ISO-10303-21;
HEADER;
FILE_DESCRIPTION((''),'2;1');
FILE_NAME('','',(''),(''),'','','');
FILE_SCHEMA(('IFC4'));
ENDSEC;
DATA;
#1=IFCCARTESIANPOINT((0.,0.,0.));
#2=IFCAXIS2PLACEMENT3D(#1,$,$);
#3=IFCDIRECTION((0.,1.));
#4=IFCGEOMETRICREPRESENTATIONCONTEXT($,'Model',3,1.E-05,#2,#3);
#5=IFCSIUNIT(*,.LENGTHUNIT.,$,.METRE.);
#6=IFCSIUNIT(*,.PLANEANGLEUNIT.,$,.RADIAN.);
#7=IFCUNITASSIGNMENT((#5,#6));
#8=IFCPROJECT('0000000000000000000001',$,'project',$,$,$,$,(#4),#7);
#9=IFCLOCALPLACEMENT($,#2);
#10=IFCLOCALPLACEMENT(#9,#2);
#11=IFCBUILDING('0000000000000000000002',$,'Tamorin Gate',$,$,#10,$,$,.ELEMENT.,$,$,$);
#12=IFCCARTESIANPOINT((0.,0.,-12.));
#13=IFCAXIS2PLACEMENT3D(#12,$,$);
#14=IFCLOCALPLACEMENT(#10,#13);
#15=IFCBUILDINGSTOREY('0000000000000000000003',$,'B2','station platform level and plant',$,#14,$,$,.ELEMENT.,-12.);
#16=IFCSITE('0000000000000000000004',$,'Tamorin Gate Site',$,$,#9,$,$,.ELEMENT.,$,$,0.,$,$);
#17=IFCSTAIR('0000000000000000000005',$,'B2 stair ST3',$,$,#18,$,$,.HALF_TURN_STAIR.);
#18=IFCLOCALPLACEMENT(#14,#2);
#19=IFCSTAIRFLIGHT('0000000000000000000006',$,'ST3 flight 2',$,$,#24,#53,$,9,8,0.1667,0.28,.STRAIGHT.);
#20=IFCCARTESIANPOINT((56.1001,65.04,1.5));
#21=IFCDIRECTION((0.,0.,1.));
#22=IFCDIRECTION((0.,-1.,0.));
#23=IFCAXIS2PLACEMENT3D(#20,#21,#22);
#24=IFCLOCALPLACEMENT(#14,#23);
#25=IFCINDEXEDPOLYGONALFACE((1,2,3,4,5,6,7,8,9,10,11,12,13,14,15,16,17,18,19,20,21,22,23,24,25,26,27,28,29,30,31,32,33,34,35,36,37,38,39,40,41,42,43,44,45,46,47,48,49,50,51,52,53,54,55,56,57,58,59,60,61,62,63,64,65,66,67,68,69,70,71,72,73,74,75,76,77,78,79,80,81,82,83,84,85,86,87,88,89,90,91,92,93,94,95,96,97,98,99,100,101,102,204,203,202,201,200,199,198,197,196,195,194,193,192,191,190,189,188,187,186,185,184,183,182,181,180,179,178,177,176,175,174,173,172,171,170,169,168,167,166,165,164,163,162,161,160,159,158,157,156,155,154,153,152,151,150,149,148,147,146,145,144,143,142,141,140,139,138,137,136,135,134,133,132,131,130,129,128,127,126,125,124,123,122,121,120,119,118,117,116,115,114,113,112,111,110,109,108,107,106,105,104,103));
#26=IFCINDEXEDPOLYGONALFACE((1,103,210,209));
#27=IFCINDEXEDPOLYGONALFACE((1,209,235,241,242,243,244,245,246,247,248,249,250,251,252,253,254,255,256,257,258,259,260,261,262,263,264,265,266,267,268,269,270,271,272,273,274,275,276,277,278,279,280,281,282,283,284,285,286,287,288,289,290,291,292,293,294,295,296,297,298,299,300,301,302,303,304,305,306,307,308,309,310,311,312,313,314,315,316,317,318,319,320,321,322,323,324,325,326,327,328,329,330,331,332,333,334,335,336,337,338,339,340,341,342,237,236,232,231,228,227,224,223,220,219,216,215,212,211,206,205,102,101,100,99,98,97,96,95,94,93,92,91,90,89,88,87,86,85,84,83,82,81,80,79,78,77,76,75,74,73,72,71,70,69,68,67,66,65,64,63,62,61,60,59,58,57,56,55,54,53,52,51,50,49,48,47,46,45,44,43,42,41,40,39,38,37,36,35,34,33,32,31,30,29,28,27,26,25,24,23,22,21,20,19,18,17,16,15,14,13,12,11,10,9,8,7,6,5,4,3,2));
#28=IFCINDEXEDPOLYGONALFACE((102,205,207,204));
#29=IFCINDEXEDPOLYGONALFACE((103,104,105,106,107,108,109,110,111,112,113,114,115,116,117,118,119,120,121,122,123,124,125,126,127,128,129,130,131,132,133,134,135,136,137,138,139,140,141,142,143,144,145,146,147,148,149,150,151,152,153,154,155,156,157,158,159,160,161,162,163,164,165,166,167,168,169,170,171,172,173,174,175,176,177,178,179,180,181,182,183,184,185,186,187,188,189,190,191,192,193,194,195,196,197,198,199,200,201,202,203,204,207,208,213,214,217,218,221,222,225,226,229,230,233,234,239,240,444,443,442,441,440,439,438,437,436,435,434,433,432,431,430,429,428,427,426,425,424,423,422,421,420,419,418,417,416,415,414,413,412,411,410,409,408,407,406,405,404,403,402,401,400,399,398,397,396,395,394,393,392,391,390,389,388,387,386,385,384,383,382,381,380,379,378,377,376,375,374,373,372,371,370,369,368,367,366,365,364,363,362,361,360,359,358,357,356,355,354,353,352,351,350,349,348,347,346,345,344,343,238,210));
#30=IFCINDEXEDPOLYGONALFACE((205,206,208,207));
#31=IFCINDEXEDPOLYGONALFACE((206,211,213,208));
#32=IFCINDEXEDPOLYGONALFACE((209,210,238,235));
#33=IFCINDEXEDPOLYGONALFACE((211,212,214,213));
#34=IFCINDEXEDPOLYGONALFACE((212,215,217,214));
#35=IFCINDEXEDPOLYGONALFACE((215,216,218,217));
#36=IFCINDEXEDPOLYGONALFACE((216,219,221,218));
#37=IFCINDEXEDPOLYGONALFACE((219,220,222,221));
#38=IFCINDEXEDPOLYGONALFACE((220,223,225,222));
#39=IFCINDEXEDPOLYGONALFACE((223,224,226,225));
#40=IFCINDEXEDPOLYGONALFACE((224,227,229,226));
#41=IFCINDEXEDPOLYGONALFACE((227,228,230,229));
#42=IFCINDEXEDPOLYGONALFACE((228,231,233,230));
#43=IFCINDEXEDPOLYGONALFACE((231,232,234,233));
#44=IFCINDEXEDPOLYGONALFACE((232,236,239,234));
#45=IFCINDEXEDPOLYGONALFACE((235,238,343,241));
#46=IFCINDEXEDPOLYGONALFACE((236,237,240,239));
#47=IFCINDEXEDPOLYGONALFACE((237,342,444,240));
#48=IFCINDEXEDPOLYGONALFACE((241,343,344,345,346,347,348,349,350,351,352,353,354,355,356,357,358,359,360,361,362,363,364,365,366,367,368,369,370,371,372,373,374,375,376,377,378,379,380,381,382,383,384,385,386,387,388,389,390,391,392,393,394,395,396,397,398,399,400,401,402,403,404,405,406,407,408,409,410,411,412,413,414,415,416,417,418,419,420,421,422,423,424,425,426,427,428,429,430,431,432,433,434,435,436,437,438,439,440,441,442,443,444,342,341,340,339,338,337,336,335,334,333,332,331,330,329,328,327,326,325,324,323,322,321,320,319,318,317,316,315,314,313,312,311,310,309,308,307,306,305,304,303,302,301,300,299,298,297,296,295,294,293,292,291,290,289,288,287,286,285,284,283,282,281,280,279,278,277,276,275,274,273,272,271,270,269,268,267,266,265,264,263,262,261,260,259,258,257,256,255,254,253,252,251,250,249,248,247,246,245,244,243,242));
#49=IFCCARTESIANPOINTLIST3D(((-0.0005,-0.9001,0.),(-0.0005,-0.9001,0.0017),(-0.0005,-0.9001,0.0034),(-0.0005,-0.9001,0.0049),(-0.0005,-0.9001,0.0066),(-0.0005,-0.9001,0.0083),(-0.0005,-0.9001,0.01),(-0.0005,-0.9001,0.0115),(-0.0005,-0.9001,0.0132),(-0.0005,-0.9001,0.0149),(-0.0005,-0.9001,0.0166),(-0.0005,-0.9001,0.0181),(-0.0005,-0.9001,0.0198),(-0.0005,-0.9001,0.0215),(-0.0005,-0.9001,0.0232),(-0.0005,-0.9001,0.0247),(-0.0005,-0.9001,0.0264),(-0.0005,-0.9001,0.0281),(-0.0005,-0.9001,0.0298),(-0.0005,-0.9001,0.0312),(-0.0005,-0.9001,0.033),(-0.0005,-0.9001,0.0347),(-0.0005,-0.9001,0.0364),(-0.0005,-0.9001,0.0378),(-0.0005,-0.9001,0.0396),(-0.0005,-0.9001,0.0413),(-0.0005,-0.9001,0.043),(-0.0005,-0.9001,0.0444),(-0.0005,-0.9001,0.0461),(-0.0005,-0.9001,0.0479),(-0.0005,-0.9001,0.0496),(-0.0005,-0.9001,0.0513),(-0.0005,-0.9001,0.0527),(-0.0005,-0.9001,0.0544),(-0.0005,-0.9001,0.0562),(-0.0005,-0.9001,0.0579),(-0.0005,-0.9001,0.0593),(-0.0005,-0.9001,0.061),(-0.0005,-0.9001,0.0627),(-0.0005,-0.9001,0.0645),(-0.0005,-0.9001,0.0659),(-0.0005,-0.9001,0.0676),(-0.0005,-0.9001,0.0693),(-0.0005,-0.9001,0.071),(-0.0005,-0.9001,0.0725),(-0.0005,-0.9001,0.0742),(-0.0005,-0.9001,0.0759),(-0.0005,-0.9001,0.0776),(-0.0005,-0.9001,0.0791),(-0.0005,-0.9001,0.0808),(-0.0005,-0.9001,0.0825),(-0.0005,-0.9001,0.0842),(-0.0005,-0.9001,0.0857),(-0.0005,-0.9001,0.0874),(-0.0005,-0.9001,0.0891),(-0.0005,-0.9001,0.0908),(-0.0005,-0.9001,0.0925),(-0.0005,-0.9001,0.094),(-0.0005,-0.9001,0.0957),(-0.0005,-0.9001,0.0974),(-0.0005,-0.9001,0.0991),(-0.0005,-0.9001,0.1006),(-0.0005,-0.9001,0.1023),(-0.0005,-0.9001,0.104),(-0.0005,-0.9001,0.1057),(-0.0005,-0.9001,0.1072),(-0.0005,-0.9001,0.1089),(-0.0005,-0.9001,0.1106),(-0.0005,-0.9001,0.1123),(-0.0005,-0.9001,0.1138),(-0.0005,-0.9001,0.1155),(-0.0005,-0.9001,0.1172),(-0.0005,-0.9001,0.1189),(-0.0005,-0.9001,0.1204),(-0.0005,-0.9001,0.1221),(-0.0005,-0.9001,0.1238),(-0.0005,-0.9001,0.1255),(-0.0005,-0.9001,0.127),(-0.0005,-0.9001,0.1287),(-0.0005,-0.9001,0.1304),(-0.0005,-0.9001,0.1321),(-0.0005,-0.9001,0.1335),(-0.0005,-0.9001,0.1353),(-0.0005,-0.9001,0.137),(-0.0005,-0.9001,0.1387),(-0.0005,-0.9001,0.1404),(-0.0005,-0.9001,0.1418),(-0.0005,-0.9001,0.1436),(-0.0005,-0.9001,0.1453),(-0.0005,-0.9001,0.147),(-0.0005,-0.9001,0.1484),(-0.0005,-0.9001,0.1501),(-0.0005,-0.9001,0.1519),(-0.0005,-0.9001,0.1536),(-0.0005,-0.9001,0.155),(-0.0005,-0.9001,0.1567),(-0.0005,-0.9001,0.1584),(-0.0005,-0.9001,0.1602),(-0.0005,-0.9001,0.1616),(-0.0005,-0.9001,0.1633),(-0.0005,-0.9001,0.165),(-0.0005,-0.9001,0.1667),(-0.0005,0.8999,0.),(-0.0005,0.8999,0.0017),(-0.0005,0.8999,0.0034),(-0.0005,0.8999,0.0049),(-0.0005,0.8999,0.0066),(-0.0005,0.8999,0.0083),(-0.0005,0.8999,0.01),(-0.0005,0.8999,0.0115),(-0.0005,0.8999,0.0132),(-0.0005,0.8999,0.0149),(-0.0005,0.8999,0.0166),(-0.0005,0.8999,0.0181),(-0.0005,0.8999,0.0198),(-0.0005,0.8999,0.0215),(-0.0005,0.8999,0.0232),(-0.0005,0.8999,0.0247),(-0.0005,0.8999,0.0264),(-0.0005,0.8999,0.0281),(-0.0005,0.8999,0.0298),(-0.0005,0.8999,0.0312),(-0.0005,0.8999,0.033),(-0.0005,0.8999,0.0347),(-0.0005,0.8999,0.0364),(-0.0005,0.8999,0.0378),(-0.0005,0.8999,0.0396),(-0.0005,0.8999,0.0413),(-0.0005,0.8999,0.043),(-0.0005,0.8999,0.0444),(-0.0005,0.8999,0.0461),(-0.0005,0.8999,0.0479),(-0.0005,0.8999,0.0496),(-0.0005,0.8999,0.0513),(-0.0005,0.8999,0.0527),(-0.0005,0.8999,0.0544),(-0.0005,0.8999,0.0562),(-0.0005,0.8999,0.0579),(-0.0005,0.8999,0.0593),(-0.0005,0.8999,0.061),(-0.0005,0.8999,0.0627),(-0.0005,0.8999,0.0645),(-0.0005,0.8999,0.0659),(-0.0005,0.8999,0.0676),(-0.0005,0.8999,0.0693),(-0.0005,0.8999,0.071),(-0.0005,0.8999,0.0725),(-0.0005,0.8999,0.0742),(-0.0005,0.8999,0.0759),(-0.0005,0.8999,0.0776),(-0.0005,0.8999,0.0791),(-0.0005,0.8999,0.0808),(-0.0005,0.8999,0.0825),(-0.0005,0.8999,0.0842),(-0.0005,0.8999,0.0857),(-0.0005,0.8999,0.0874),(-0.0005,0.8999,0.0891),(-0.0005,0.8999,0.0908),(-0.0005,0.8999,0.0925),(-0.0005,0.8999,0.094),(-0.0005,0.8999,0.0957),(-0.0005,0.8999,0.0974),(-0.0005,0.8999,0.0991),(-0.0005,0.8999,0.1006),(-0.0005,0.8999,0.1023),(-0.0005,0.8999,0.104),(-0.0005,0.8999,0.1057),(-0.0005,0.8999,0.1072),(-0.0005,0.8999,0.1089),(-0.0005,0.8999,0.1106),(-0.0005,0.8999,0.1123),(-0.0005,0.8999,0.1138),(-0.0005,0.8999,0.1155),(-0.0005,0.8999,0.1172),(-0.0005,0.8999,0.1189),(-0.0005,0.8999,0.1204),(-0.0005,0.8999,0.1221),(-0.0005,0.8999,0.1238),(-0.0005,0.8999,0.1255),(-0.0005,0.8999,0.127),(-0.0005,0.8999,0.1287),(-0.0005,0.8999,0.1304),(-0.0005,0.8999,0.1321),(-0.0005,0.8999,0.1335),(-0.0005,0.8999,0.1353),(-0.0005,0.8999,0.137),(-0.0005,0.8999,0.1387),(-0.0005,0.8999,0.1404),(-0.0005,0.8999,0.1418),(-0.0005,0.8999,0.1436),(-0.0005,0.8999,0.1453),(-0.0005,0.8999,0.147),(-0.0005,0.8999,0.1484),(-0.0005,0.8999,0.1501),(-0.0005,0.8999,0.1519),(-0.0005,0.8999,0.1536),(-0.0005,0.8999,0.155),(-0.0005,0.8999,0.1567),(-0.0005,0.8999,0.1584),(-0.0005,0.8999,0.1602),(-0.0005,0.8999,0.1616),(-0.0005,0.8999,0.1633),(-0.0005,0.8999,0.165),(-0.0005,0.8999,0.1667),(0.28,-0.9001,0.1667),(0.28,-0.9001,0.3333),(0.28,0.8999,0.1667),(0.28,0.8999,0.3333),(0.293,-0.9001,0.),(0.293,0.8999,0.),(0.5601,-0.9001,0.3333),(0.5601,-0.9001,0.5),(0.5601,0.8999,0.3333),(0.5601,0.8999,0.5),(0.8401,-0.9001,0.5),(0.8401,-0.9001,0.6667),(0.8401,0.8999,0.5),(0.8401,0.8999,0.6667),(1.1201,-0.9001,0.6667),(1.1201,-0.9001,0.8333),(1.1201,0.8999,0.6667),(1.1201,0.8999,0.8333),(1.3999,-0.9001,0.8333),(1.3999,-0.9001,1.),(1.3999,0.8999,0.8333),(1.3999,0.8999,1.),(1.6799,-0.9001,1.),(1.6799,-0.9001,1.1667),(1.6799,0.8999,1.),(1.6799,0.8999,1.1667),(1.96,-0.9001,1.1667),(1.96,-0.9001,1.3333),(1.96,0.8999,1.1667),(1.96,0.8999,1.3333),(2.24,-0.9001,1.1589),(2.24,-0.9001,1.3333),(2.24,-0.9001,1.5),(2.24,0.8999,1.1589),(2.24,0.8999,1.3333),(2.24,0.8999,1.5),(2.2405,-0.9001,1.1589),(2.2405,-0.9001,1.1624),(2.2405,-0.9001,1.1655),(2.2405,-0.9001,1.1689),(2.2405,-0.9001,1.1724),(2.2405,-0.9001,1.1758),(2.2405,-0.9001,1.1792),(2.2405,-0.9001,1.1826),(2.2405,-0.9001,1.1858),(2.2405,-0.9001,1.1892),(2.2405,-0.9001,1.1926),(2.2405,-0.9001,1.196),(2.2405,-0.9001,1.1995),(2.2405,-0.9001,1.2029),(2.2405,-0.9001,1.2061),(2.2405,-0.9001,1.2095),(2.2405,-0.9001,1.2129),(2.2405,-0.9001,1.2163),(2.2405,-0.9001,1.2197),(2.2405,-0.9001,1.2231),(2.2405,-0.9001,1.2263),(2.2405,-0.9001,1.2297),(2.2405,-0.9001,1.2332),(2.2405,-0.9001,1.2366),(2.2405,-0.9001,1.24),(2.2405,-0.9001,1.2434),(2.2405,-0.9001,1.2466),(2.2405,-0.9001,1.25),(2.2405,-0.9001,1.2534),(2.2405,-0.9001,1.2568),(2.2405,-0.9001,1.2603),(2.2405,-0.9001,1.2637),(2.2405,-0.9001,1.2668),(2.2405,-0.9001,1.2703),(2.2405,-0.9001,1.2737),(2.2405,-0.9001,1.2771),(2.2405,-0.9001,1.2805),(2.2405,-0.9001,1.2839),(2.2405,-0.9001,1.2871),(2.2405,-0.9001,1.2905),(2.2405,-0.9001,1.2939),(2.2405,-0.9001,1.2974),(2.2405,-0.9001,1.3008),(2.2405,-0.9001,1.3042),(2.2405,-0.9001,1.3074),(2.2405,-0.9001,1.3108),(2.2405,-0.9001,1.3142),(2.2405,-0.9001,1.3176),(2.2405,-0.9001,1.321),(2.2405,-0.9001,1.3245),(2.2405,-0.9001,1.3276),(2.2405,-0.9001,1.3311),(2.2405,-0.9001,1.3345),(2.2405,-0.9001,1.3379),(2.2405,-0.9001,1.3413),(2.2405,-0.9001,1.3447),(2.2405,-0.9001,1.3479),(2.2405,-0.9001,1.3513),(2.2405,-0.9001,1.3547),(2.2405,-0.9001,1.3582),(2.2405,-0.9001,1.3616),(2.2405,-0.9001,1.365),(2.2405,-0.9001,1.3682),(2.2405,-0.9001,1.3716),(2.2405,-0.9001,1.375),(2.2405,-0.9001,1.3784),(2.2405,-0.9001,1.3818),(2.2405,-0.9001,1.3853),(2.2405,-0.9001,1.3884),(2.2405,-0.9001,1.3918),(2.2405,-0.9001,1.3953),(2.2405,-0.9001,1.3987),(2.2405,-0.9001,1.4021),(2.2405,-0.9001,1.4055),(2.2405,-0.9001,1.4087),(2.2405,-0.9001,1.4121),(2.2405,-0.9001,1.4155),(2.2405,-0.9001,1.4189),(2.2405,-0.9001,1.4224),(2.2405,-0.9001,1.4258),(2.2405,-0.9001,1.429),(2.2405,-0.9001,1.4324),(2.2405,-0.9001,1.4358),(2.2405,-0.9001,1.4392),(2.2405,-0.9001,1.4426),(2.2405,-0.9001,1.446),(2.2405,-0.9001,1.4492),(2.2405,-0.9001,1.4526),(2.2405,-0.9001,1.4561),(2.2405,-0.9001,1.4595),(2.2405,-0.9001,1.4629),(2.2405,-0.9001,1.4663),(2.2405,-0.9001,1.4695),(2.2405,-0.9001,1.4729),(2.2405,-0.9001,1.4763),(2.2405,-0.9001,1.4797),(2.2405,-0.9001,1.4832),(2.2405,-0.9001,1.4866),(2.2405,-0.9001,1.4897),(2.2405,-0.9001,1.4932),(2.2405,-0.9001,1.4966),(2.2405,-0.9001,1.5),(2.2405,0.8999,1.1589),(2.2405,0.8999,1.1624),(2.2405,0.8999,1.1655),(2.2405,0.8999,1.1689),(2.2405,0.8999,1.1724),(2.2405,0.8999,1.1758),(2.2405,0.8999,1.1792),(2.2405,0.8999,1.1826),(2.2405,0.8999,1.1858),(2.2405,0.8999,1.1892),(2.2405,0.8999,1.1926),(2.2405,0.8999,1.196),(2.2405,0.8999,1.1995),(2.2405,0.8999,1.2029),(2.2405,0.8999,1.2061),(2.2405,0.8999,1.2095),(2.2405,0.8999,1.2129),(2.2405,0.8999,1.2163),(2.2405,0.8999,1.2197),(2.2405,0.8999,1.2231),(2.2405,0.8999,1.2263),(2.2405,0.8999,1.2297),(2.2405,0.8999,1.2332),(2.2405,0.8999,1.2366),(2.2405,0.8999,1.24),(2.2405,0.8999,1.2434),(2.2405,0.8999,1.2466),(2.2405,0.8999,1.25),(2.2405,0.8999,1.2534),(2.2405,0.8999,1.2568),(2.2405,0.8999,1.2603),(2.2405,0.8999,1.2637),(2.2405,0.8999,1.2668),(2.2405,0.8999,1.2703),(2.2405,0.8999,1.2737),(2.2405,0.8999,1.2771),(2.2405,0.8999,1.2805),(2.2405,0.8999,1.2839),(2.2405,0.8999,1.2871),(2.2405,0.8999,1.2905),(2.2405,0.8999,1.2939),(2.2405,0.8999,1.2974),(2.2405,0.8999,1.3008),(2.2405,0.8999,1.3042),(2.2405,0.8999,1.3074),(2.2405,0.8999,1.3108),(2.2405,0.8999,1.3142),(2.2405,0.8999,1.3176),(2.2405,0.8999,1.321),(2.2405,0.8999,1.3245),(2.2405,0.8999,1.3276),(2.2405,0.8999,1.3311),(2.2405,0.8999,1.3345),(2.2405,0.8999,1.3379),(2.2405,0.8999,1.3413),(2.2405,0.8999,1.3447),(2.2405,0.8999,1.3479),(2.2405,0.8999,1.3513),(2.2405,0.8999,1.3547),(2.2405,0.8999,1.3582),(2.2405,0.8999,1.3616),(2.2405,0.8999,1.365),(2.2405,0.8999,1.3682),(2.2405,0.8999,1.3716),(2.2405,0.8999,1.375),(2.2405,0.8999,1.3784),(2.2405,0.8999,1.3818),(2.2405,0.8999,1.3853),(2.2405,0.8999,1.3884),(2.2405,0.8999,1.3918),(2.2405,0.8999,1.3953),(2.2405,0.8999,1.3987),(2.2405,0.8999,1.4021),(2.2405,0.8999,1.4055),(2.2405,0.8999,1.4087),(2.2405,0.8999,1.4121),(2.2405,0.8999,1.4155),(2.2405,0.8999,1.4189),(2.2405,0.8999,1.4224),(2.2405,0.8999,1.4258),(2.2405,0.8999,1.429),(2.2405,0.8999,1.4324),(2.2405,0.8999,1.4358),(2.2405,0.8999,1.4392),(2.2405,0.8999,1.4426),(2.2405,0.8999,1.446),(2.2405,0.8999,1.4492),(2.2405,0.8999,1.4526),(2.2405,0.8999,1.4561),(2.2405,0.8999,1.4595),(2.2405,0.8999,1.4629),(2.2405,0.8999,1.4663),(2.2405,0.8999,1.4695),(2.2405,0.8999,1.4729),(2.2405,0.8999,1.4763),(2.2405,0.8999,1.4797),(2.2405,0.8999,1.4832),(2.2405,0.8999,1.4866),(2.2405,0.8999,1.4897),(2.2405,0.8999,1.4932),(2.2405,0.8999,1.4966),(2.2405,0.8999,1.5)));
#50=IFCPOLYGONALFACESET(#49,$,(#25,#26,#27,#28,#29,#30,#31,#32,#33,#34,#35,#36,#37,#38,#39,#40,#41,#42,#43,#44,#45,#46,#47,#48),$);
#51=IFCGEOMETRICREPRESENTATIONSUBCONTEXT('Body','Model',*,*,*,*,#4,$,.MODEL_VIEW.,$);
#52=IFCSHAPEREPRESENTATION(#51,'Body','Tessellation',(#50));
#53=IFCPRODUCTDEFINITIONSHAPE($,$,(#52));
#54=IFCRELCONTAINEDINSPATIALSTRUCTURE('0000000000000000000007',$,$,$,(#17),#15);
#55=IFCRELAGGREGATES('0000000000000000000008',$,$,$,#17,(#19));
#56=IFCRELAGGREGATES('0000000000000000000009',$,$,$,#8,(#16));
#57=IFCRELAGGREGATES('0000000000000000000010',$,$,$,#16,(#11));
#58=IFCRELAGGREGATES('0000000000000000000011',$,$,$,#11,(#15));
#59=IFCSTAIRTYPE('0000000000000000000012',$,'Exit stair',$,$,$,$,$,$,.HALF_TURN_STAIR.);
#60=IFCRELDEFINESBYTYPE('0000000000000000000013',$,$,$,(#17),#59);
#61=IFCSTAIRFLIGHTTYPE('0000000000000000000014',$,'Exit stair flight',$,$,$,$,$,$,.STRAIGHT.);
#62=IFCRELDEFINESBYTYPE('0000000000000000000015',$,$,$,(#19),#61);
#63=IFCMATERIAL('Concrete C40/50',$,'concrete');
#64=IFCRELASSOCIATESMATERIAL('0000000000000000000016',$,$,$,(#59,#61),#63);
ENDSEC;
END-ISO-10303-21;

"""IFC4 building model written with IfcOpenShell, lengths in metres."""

from ifc_helpers import new_model, si_unit, direction, frame, origin, place, context, subcontext, project, spatial, polyline, outline, extrude, material, type_object, element, aggregate, save


model = new_model("IFC4")

# Units and contexts
model_context = context("Model", 3, precision=1e-05, world=origin(), true_north=direction((0.0, 1.0)))
body_context = subcontext(model_context, "Body", "Model", "MODEL_VIEW")
ifc_project = project(units=[si_unit("LENGTHUNIT", "METRE"), si_unit("PLANEANGLEUNIT", "RADIAN")], contexts=[model_context])

# Site, building, storey
site_placement = place(None, origin())
site = spatial("IfcSite", under=ifc_project, at=site_placement, Name="Tamorin Gate Site", CompositionType="ELEMENT", RefElevation=0.0)
building_placement = place(site_placement, origin())
building = spatial("IfcBuilding", under=site, at=building_placement, Name="Tamorin Gate", CompositionType="ELEMENT")
storey_placement = place(building_placement, frame((0.0, 0.0, -12.0)))
storey = spatial("IfcBuildingStorey", under=building, at=storey_placement, Name="B2", Description="station platform level and plant", CompositionType="ELEMENT", Elevation=-12.0)

# Shared definitions
ifc_material_1 = material(Name="Concrete C40/50", Category="concrete")

# Stair, stair flight
stair_type = type_object("IfcStairType", Name="Exit stair", PredefinedType="HALF_TURN_STAIR", material=ifc_material_1)
stair_placement = place(storey_placement, origin())
stair = element("IfcStair", 1, at=stair_placement, inside=storey, type_object=stair_type, Name="B2 stair ST3", PredefinedType="HALF_TURN_STAIR")
stair_flight_type = type_object("IfcStairFlightType", Name="Exit stair flight", PredefinedType="STRAIGHT", material=ifc_material_1)
stair_flight_1_placement = place(storey_placement, frame((56.1001, 65.04, 1.5), z_axis=(0.0, 0.0, 1.0), x_axis=(0.0, -1.0, 0.0)))
stair_flight_1 = element("IfcStairFlight", 2, at=stair_flight_1_placement, type_object=stair_flight_type, Name="ST3 flight 2", NumberOfRisers=9, NumberOfTreads=8, PredefinedType="STRAIGHT", RiserHeight=0.1667, TreadLength=0.28, context=body_context, shape_type="SweptSolid", body=[
    extrude(outline(polyline([(-0.0005, 0.0), (-0.0005, 0.0017), (-0.0005, 0.0034), (-0.0005, 0.0049), (-0.0005, 0.0066), (-0.0005, 0.0083), (-0.0005, 0.01), (-0.0005, 0.0115), (-0.0005, 0.0132), (-0.0005, 0.0149), (-0.0005, 0.0166), (-0.0005, 0.0181), (-0.0005, 0.0198), (-0.0005, 0.0215), (-0.0005, 0.0232), (-0.0005, 0.0247), (-0.0005, 0.0264), (-0.0005, 0.0281), (-0.0005, 0.0298), (-0.0005, 0.0312), (-0.0005, 0.033), (-0.0005, 0.0347), (-0.0005, 0.0364), (-0.0005, 0.0378), (-0.0005, 0.0396), (-0.0005, 0.0413), (-0.0005, 0.043), (-0.0005, 0.0444), (-0.0005, 0.0461), (-0.0005, 0.0479), (-0.0005, 0.0496), (-0.0005, 0.0513), (-0.0005, 0.0527), (-0.0005, 0.0544), (-0.0005, 0.0562), (-0.0005, 0.0579), (-0.0005, 0.0593), (-0.0005, 0.061), (-0.0005, 0.0627), (-0.0005, 0.0645), (-0.0005, 0.0659), (-0.0005, 0.0676), (-0.0005, 0.0693), (-0.0005, 0.071), (-0.0005, 0.0725), (-0.0005, 0.0742), (-0.0005, 0.0759), (-0.0005, 0.0776), (-0.0005, 0.0791), (-0.0005, 0.0808), (-0.0005, 0.0825), (-0.0005, 0.0842), (-0.0005, 0.0857), (-0.0005, 0.0874), (-0.0005, 0.0891), (-0.0005, 0.0908), (-0.0005, 0.0925), (-0.0005, 0.094), (-0.0005, 0.0957), (-0.0005, 0.0974), (-0.0005, 0.0991), (-0.0005, 0.1006), (-0.0005, 0.1023), (-0.0005, 0.104), (-0.0005, 0.1057), (-0.0005, 0.1072), (-0.0005, 0.1089), (-0.0005, 0.1106), (-0.0005, 0.1123), (-0.0005, 0.1138), (-0.0005, 0.1155), (-0.0005, 0.1172), (-0.0005, 0.1189), (-0.0005, 0.1204), (-0.0005, 0.1221), (-0.0005, 0.1238), (-0.0005, 0.1255), (-0.0005, 0.127), (-0.0005, 0.1287), (-0.0005, 0.1304), (-0.0005, 0.1321), (-0.0005, 0.1335), (-0.0005, 0.1353), (-0.0005, 0.137), (-0.0005, 0.1387), (-0.0005, 0.1404), (-0.0005, 0.1418), (-0.0005, 0.1436), (-0.0005, 0.1453), (-0.0005, 0.147), (-0.0005, 0.1484), (-0.0005, 0.1501), (-0.0005, 0.1519), (-0.0005, 0.1536), (-0.0005, 0.155), (-0.0005, 0.1567), (-0.0005, 0.1584), (-0.0005, 0.1602), (-0.0005, 0.1616), (-0.0005, 0.1633), (-0.0005, 0.165), (-0.0005, 0.1667), (0.28, 0.1667), (0.28, 0.3333), (0.5601, 0.3333), (0.5601, 0.5), (0.8401, 0.5), (0.8401, 0.6667), (1.1201, 0.6667), (1.1201, 0.8333), (1.3999, 0.8333), (1.3999, 1.0), (1.6799, 1.0), (1.6799, 1.1667), (1.96, 1.1667), (1.96, 1.3333), (2.24, 1.3333), (2.24, 1.5), (2.2405, 1.5), (2.2405, 1.4966), (2.2405, 1.4932), (2.2405, 1.4897), (2.2405, 1.4866), (2.2405, 1.4832), (2.2405, 1.4797), (2.2405, 1.4763), (2.2405, 1.4729), (2.2405, 1.4695), (2.2405, 1.4663), (2.2405, 1.4629), (2.2405, 1.4595), (2.2405, 1.4561), (2.2405, 1.4526), (2.2405, 1.4492), (2.2405, 1.446), (2.2405, 1.4426), (2.2405, 1.4392), (2.2405, 1.4358), (2.2405, 1.4324), (2.2405, 1.429), (2.2405, 1.4258), (2.2405, 1.4224), (2.2405, 1.4189), (2.2405, 1.4155), (2.2405, 1.4121), (2.2405, 1.4087), (2.2405, 1.4055), (2.2405, 1.4021), (2.2405, 1.3987), (2.2405, 1.3953), (2.2405, 1.3918), (2.2405, 1.3884), (2.2405, 1.3853), (2.2405, 1.3818), (2.2405, 1.3784), (2.2405, 1.375), (2.2405, 1.3716), (2.2405, 1.3682), (2.2405, 1.365), (2.2405, 1.3616), (2.2405, 1.3582), (2.2405, 1.3547), (2.2405, 1.3513), (2.2405, 1.3479), (2.2405, 1.3447), (2.2405, 1.3413), (2.2405, 1.3379), (2.2405, 1.3345), (2.2405, 1.3311), (2.2405, 1.3276), (2.2405, 1.3245), (2.2405, 1.321), (2.2405, 1.3176), (2.2405, 1.3142), (2.2405, 1.3108), (2.2405, 1.3074), (2.2405, 1.3042), (2.2405, 1.3008), (2.2405, 1.2974), (2.2405, 1.2939), (2.2405, 1.2905), (2.2405, 1.2871), (2.2405, 1.2839), (2.2405, 1.2805), (2.2405, 1.2771), (2.2405, 1.2737), (2.2405, 1.2703), (2.2405, 1.2668), (2.2405, 1.2637), (2.2405, 1.2603), (2.2405, 1.2568), (2.2405, 1.2534), (2.2405, 1.25), (2.2405, 1.2466), (2.2405, 1.2434), (2.2405, 1.24), (2.2405, 1.2366), (2.2405, 1.2332), (2.2405, 1.2297), (2.2405, 1.2263), (2.2405, 1.2231), (2.2405, 1.2197), (2.2405, 1.2163), (2.2405, 1.2129), (2.2405, 1.2095), (2.2405, 1.2061), (2.2405, 1.2029), (2.2405, 1.1995), (2.2405, 1.196), (2.2405, 1.1926), (2.2405, 1.1892), (2.2405, 1.1858), (2.2405, 1.1826), (2.2405, 1.1792), (2.2405, 1.1758), (2.2405, 1.1724), (2.2405, 1.1689), (2.2405, 1.1655), (2.2405, 1.1624), (2.2405, 1.1589), (2.24, 1.1589), (0.293, 0.0), (-0.0005, 0.0)])), frame((0.0, 0.8999, 0.0), z_axis=(0.0, -1.0, 0.0), x_axis=(1.0, 0.0, 0.0)), (0.0, 0.0, 1.0), 1.8),
])
aggregate(stair, [stair_flight_1])

save(model, "model.ifc")
